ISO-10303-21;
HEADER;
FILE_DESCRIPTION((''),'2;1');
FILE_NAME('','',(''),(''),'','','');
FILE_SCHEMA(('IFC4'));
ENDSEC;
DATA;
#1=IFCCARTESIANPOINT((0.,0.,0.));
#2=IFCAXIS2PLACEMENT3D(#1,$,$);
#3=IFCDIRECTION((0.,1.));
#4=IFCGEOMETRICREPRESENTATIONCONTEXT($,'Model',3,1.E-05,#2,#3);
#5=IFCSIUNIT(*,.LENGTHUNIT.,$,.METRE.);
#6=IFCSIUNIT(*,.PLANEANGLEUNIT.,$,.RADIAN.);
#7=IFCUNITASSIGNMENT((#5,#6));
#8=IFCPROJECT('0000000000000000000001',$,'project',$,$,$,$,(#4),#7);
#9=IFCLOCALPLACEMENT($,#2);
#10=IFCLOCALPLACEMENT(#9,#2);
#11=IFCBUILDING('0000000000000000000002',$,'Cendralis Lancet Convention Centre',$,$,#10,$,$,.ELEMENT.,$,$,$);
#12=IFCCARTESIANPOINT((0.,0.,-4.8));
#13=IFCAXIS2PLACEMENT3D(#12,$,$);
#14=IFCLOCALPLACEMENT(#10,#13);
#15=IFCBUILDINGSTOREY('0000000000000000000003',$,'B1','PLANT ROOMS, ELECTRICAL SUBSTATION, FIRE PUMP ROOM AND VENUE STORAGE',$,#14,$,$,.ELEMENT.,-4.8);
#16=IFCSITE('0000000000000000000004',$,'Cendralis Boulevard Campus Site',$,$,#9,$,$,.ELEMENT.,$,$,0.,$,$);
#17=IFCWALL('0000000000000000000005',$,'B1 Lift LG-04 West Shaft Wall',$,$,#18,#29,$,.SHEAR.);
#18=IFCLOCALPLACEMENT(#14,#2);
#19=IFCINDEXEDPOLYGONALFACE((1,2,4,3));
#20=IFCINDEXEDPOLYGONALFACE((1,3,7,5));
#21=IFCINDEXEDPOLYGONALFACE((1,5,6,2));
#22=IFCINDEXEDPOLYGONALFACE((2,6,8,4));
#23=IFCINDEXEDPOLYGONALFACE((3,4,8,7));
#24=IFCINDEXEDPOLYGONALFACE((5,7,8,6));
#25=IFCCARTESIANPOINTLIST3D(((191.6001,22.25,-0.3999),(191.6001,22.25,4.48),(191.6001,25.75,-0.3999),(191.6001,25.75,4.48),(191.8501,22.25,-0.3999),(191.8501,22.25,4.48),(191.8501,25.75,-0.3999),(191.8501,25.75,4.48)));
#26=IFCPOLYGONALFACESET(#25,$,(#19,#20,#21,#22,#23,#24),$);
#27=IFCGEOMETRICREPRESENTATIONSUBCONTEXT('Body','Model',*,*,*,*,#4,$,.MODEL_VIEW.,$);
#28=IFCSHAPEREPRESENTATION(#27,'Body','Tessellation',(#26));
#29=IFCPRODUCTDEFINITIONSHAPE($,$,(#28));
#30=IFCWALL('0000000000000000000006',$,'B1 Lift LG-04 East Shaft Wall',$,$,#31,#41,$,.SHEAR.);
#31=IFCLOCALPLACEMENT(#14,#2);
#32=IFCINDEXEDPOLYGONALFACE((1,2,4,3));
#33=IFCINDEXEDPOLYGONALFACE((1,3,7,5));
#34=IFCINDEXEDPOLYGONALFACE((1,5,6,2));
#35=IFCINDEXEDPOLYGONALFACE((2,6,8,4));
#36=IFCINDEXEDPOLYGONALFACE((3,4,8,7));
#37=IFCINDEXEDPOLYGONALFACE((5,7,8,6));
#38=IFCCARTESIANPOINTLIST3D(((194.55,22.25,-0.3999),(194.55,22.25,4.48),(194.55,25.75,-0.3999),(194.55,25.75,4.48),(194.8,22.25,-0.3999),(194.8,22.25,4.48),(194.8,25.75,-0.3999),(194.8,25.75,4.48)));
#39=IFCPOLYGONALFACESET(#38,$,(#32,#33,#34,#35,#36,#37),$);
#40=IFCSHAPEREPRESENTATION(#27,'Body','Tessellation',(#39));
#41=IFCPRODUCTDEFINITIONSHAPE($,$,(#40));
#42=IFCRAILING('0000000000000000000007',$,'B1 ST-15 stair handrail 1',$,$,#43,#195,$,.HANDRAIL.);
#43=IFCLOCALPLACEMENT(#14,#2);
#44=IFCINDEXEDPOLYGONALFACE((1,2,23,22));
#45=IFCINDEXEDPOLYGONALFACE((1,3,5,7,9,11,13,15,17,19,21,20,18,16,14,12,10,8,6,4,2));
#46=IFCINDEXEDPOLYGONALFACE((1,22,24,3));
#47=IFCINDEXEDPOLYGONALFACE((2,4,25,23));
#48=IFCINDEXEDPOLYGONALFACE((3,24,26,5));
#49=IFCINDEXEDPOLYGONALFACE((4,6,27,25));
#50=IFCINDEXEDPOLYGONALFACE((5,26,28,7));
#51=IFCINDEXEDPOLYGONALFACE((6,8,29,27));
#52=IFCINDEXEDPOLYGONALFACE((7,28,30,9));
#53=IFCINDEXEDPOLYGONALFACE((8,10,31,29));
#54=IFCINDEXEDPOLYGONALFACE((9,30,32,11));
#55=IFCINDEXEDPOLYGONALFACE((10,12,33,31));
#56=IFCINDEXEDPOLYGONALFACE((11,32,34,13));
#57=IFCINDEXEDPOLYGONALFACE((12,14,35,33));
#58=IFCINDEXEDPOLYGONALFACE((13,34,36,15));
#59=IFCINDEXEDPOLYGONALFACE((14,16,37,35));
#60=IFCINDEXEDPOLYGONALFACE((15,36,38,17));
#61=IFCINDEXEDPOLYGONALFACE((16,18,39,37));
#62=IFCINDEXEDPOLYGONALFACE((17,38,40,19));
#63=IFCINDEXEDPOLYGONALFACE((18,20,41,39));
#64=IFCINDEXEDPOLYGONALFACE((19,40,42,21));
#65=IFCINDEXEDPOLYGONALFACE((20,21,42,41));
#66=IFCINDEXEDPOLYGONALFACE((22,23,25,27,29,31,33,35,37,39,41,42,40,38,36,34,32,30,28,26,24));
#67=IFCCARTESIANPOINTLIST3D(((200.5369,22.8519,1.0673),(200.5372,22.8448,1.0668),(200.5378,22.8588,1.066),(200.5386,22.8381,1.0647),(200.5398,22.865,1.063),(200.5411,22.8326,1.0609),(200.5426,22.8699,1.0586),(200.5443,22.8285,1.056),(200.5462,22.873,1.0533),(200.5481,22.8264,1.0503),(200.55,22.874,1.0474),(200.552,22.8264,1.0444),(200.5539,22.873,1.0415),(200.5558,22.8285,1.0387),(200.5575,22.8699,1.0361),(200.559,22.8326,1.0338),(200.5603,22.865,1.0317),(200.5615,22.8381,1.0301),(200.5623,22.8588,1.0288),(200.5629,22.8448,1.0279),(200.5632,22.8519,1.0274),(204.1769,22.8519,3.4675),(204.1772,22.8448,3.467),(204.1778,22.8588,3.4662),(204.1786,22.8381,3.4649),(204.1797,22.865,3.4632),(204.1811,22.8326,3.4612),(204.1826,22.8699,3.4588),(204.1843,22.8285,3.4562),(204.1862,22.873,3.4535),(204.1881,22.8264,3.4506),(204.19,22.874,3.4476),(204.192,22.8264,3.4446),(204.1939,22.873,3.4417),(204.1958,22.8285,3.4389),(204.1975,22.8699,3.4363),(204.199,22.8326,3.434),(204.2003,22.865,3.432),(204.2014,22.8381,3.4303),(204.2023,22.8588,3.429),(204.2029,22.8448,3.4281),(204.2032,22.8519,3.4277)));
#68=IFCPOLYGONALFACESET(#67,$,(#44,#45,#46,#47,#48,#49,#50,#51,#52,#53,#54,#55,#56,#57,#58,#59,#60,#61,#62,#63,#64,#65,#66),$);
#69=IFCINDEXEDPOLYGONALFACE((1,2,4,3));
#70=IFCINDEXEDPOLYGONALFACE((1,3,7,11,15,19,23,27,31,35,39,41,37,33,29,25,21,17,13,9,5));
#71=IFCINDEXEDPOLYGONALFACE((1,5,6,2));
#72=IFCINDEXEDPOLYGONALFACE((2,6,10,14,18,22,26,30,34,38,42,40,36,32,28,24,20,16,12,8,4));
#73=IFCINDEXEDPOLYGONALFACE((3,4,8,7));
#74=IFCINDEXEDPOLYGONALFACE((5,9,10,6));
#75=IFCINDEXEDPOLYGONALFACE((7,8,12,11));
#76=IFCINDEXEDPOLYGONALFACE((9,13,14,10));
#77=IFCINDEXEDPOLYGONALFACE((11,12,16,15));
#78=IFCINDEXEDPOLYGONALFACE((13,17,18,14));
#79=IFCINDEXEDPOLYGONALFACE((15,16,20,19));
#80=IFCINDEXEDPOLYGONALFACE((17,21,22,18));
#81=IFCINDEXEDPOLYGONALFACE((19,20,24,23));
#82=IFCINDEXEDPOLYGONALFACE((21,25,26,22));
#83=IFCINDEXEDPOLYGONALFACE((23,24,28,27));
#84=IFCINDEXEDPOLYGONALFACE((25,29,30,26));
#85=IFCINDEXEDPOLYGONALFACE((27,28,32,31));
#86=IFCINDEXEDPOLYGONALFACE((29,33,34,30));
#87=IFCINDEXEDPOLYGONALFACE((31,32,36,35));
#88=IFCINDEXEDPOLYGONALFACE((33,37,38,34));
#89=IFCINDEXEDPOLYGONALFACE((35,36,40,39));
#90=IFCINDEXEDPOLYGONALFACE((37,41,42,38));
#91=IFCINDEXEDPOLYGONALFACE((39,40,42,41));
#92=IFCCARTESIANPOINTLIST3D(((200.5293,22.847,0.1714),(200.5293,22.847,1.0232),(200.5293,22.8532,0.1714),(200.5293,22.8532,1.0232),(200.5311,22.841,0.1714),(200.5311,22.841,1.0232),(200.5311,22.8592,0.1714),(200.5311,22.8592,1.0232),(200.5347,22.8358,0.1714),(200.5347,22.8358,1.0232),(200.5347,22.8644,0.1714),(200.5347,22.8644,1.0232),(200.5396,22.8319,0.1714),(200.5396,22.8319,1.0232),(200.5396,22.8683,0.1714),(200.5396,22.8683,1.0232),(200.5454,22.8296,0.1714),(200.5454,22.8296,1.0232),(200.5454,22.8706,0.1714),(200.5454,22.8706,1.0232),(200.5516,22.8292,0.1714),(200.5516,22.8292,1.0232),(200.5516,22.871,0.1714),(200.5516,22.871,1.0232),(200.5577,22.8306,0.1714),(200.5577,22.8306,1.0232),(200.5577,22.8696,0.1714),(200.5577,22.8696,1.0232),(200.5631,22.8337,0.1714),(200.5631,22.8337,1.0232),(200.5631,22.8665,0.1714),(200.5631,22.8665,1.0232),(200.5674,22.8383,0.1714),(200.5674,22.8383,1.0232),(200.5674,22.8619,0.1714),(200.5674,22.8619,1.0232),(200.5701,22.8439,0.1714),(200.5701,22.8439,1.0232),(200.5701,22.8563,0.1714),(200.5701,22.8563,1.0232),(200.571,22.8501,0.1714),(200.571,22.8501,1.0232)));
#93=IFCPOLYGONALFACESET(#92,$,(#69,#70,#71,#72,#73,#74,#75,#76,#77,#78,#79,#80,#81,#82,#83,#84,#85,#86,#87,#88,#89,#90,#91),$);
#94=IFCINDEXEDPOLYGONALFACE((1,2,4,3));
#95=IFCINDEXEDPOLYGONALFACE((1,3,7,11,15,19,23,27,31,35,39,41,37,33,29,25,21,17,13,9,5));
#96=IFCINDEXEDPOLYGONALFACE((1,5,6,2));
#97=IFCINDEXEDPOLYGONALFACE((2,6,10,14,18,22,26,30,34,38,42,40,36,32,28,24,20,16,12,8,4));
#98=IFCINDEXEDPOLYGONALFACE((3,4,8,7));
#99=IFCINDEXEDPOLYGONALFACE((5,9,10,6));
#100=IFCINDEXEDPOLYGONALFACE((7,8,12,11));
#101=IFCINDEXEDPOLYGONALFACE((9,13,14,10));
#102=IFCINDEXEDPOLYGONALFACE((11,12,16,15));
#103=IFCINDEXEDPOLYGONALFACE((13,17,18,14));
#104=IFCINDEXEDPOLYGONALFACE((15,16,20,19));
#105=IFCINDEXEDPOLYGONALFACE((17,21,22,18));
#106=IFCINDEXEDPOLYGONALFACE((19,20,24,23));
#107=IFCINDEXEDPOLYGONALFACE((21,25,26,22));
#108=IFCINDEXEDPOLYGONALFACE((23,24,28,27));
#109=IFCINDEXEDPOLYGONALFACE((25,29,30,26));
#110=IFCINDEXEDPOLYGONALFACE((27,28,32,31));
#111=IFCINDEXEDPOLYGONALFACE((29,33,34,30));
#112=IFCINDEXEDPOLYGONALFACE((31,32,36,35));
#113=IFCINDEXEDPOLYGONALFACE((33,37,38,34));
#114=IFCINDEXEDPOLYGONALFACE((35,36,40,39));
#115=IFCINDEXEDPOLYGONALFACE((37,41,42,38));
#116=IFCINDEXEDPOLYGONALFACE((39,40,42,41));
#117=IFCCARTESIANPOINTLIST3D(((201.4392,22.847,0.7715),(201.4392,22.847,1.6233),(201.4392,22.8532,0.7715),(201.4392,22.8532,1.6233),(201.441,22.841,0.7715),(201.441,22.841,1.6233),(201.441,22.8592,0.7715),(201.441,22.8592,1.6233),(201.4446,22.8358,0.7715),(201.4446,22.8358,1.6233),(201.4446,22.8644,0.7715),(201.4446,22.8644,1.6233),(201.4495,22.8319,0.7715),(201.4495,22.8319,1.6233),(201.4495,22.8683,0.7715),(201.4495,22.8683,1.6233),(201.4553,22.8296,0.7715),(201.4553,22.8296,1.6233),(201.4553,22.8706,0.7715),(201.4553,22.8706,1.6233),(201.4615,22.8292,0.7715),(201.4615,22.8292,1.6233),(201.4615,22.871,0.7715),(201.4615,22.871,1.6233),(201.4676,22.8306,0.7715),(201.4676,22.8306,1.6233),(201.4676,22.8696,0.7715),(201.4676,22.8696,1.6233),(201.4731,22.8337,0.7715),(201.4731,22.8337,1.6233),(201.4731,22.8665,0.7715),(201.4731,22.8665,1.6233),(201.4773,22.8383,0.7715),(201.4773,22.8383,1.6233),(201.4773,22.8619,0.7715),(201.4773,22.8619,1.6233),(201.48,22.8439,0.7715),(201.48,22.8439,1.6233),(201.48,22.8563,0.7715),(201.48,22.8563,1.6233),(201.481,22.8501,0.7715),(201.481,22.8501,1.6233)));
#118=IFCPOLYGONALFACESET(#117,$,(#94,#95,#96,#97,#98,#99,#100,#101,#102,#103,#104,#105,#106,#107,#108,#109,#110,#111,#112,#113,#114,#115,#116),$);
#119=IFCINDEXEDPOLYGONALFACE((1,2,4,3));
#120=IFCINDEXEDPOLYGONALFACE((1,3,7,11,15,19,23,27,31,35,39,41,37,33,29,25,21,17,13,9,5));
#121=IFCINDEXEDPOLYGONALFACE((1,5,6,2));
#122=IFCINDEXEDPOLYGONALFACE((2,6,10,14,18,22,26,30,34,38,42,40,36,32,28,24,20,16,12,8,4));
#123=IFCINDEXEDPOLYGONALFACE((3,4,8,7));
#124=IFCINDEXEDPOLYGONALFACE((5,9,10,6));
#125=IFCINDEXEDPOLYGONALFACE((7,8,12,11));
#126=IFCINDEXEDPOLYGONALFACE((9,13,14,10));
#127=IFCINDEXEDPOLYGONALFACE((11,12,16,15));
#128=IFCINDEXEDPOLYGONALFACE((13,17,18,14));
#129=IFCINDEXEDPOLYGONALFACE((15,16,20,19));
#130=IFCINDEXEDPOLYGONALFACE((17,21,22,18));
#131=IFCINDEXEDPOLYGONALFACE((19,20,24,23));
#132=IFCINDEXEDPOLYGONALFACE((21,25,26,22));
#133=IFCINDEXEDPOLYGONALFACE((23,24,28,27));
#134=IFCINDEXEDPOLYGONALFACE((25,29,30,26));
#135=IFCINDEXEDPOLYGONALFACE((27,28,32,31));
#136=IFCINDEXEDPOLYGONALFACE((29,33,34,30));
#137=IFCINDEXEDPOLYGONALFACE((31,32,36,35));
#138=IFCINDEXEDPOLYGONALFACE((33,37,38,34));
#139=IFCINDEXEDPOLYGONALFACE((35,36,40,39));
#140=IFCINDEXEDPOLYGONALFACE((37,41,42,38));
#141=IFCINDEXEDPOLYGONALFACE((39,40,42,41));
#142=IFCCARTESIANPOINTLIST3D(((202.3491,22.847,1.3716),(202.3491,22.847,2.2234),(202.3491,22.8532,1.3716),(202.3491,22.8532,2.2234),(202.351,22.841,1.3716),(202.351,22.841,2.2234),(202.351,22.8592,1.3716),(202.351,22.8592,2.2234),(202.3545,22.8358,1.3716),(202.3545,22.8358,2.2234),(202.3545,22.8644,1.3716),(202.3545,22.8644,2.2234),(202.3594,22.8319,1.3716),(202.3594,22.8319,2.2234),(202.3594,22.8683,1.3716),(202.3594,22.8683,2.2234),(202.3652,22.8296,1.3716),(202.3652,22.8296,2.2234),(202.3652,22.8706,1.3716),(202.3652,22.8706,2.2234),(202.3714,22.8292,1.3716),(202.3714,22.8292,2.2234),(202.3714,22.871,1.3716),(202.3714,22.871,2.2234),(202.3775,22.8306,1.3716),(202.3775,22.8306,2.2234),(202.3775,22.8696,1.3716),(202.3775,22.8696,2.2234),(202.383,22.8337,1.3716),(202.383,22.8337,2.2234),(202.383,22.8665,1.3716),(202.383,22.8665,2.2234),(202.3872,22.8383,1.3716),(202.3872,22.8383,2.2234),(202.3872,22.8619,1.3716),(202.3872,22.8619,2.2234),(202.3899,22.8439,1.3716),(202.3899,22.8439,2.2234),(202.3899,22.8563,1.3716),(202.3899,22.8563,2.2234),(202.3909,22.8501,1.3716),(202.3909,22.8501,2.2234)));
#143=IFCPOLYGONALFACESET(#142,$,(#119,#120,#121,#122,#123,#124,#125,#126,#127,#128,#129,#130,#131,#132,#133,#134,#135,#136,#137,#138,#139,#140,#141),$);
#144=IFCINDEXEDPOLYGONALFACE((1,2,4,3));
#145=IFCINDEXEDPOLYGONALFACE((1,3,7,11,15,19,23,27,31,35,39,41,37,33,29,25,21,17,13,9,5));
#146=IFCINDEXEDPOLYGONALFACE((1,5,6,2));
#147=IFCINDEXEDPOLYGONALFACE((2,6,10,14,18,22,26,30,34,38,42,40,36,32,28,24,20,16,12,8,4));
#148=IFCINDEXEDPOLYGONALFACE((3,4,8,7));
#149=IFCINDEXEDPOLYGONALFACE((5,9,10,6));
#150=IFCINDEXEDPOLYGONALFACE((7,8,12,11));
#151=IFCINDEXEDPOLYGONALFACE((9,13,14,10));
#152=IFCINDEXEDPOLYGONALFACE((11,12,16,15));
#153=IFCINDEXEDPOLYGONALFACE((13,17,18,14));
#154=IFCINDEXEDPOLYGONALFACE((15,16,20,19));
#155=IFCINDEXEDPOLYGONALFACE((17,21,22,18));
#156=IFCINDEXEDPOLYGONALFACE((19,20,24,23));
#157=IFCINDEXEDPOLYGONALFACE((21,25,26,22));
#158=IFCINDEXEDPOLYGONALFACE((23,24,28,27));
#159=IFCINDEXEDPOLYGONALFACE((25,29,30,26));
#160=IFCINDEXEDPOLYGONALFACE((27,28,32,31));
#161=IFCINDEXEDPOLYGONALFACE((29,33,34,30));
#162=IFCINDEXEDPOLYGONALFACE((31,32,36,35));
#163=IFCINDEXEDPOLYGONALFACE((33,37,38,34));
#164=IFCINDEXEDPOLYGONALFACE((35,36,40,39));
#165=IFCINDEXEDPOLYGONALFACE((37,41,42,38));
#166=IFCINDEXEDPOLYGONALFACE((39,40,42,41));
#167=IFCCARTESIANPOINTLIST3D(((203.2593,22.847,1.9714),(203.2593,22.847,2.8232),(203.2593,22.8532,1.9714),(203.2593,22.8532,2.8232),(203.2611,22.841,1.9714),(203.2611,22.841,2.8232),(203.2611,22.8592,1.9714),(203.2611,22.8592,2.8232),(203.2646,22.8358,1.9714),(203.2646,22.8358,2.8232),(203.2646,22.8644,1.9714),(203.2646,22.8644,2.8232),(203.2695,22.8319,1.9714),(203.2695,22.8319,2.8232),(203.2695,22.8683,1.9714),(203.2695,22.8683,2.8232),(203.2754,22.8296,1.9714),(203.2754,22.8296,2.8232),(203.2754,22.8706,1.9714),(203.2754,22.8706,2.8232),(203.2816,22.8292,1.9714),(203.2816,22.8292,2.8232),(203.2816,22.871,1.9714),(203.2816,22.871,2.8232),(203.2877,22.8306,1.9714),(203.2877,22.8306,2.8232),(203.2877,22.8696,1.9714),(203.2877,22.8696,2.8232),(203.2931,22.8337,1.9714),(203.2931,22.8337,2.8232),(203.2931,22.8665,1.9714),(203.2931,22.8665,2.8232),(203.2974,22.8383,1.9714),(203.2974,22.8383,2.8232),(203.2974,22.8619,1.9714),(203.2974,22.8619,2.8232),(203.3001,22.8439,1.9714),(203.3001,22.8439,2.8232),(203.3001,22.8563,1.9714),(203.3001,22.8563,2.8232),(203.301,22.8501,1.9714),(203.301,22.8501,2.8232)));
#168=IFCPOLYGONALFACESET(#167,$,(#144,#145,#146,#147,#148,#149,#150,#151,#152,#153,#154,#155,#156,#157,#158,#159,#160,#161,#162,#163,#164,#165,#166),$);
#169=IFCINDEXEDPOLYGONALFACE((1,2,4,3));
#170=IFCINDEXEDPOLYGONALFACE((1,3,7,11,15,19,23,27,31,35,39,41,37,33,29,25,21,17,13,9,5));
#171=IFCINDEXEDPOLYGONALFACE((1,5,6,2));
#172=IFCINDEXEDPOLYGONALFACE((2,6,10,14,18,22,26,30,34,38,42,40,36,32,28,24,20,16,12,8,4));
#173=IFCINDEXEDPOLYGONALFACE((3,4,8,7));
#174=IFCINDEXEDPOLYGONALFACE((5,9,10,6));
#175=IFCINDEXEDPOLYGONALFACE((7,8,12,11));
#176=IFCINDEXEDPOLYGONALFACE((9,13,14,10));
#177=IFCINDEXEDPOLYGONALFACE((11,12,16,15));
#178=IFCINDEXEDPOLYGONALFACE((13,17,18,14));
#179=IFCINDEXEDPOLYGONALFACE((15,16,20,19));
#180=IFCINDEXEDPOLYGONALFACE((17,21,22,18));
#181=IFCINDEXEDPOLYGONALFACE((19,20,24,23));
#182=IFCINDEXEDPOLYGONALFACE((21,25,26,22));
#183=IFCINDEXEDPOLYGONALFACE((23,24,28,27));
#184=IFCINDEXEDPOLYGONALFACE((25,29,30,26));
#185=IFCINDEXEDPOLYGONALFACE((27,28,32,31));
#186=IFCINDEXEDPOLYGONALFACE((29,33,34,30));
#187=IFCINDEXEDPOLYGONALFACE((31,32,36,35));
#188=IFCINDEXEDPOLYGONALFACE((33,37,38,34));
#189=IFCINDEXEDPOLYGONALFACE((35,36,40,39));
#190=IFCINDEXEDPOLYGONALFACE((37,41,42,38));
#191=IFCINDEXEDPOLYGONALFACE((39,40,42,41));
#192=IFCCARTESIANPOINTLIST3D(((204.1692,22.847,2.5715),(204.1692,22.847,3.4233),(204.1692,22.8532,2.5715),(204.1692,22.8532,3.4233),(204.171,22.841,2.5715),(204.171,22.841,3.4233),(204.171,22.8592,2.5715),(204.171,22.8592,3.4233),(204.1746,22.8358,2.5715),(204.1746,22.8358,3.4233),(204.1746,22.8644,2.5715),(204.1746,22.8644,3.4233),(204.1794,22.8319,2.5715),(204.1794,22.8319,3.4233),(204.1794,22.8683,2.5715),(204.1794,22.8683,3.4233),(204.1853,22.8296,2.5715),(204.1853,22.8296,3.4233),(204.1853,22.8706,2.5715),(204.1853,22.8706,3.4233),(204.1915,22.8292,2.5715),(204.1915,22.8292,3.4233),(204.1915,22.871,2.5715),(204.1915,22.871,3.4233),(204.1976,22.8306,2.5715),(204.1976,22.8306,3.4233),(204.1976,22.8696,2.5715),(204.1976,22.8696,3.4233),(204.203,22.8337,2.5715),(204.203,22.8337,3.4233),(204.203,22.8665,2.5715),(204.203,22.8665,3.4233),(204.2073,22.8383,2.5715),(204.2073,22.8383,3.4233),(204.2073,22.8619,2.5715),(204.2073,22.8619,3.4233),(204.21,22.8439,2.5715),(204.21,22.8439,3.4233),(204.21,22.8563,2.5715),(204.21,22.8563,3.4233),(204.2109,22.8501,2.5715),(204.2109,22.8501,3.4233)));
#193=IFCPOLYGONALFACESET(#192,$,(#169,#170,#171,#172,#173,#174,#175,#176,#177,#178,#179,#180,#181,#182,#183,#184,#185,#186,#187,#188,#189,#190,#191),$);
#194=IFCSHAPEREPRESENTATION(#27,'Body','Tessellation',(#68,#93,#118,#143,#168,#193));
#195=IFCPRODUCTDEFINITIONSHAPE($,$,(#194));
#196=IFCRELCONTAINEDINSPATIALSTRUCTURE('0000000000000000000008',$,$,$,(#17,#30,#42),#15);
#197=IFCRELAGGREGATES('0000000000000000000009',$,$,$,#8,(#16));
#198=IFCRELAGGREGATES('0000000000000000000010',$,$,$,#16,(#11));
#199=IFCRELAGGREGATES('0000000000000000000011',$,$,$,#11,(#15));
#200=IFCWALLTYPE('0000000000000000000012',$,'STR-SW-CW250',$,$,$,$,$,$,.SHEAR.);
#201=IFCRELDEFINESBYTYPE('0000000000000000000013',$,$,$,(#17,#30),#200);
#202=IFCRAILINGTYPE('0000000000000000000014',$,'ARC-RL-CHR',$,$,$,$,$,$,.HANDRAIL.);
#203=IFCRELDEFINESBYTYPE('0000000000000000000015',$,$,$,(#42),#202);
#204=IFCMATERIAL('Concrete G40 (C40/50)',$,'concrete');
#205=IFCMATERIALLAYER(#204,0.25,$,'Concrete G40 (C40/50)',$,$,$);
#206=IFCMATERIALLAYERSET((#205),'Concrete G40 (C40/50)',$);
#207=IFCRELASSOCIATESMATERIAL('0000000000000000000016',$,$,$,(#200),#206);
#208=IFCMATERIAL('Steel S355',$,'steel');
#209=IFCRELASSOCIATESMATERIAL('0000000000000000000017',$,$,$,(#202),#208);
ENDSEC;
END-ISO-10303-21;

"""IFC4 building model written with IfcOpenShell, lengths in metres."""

from ifc_helpers import new_model, si_unit, direction, frame, frame_2d, origin, origin_2d, place, context, subcontext, project, spatial, rectangle, circle, extrude, material, layer, layer_set, type_object, element, save


model = new_model("IFC4")

# Units and contexts
model_context = context("Model", 3, precision=1e-05, world=origin(), true_north=direction((0.0, 1.0)))
body_context = subcontext(model_context, "Body", "Model", "MODEL_VIEW")
ifc_project = project(units=[si_unit("LENGTHUNIT", "METRE"), si_unit("PLANEANGLEUNIT", "RADIAN")], contexts=[model_context])

# Site, building, storey
site_placement = place(None, origin())
site = spatial("IfcSite", under=ifc_project, at=site_placement, Name="Cendralis Boulevard Campus Site", CompositionType="ELEMENT", RefElevation=0.0)
building_placement = place(site_placement, origin())
building = spatial("IfcBuilding", under=site, at=building_placement, Name="Cendralis Lancet Convention Centre", CompositionType="ELEMENT")
storey_placement = place(building_placement, frame((0.0, 0.0, -4.8)))
storey = spatial("IfcBuildingStorey", under=building, at=storey_placement, Name="B1", Description="PLANT ROOMS, ELECTRICAL SUBSTATION, FIRE PUMP ROOM AND VENUE STORAGE", CompositionType="ELEMENT", Elevation=-4.8)

# Shared definitions
ifc_material_1 = material(Name="Steel S355", Category="steel")

# Shared definitions
ifc_material_2 = material(Name="Concrete G40 (C40/50)", Category="concrete")

# Shared definitions
ifc_layer_1 = layer(ifc_material_2, 0.25, Name="Concrete G40 (C40/50)")
ifc_layer_set_1 = layer_set([ifc_layer_1], Name="Concrete G40 (C40/50)")
wall_type_1 = type_object("IfcWallType", Name="STR-SW-CW250", PredefinedType="SHEAR", material=ifc_layer_set_1)

# Walls
for number, where, z_axis, x_axis, name in (
    (1, (191.7251, 22.25, -0.3999), (0.0, 0.0, 1.0), (0.0, 1.0, 0.0), "B1 Lift LG-04 West Shaft Wall"),
    (2, (194.675, 22.25, -0.3999), (0.0, 0.0, 1.0), (0.0, 1.0, 0.0), "B1 Lift LG-04 East Shaft Wall"),
):
    element("IfcWall", number, at=place(storey_placement, frame(where, z_axis=z_axis, x_axis=x_axis)), inside=storey, type_object=wall_type_1, Name=name, PredefinedType="SHEAR", context=body_context, shape_type="SweptSolid", body=[
        extrude(rectangle(XDim=3.5, YDim=0.25, at=frame_2d((1.75, 0.0))), origin(), (0.0, 0.0, 1.0), 4.8799),
    ])

# Railing
railing_type = type_object("IfcRailingType", Name="ARC-RL-CHR", PredefinedType="HANDRAIL", material=ifc_material_1)
railing_placement = place(storey_placement, frame((200.55, 22.8501, 0.1714)))
element("IfcRailing", 3, at=railing_placement, inside=storey, type_object=railing_type, Name="B1 ST-15 stair handrail 1", PredefinedType="HANDRAIL", context=body_context, shape_type="SweptSolid", body=[
    extrude(circle(Radius=0.0239, at=origin_2d()), frame((0.0, 0.0, 0.876), z_axis=(0.834839, 0.0, 0.550493), x_axis=(0.0, 1.0, 0.0)), (0.0, 0.0, 1.0), 4.3601),
    extrude(circle(Radius=0.021, at=origin_2d()), origin(), (0.0, 0.0, 1.0), 0.8518),
    extrude(circle(Radius=0.021, at=origin_2d()), frame((0.9099, 0.0, 0.6001)), (0.0, 0.0, 1.0), 0.8518),
    extrude(circle(Radius=0.021, at=origin_2d()), frame((1.8198, 0.0, 1.2002)), (0.0, 0.0, 1.0), 0.8518),
    extrude(circle(Radius=0.021, at=origin_2d()), frame((2.73, 0.0, 1.8)), (0.0, 0.0, 1.0), 0.8518),
    extrude(circle(Radius=0.021, at=origin_2d()), frame((3.6399, 0.0, 2.4001)), (0.0, 0.0, 1.0), 0.8518),
])

save(model, "model.ifc")
